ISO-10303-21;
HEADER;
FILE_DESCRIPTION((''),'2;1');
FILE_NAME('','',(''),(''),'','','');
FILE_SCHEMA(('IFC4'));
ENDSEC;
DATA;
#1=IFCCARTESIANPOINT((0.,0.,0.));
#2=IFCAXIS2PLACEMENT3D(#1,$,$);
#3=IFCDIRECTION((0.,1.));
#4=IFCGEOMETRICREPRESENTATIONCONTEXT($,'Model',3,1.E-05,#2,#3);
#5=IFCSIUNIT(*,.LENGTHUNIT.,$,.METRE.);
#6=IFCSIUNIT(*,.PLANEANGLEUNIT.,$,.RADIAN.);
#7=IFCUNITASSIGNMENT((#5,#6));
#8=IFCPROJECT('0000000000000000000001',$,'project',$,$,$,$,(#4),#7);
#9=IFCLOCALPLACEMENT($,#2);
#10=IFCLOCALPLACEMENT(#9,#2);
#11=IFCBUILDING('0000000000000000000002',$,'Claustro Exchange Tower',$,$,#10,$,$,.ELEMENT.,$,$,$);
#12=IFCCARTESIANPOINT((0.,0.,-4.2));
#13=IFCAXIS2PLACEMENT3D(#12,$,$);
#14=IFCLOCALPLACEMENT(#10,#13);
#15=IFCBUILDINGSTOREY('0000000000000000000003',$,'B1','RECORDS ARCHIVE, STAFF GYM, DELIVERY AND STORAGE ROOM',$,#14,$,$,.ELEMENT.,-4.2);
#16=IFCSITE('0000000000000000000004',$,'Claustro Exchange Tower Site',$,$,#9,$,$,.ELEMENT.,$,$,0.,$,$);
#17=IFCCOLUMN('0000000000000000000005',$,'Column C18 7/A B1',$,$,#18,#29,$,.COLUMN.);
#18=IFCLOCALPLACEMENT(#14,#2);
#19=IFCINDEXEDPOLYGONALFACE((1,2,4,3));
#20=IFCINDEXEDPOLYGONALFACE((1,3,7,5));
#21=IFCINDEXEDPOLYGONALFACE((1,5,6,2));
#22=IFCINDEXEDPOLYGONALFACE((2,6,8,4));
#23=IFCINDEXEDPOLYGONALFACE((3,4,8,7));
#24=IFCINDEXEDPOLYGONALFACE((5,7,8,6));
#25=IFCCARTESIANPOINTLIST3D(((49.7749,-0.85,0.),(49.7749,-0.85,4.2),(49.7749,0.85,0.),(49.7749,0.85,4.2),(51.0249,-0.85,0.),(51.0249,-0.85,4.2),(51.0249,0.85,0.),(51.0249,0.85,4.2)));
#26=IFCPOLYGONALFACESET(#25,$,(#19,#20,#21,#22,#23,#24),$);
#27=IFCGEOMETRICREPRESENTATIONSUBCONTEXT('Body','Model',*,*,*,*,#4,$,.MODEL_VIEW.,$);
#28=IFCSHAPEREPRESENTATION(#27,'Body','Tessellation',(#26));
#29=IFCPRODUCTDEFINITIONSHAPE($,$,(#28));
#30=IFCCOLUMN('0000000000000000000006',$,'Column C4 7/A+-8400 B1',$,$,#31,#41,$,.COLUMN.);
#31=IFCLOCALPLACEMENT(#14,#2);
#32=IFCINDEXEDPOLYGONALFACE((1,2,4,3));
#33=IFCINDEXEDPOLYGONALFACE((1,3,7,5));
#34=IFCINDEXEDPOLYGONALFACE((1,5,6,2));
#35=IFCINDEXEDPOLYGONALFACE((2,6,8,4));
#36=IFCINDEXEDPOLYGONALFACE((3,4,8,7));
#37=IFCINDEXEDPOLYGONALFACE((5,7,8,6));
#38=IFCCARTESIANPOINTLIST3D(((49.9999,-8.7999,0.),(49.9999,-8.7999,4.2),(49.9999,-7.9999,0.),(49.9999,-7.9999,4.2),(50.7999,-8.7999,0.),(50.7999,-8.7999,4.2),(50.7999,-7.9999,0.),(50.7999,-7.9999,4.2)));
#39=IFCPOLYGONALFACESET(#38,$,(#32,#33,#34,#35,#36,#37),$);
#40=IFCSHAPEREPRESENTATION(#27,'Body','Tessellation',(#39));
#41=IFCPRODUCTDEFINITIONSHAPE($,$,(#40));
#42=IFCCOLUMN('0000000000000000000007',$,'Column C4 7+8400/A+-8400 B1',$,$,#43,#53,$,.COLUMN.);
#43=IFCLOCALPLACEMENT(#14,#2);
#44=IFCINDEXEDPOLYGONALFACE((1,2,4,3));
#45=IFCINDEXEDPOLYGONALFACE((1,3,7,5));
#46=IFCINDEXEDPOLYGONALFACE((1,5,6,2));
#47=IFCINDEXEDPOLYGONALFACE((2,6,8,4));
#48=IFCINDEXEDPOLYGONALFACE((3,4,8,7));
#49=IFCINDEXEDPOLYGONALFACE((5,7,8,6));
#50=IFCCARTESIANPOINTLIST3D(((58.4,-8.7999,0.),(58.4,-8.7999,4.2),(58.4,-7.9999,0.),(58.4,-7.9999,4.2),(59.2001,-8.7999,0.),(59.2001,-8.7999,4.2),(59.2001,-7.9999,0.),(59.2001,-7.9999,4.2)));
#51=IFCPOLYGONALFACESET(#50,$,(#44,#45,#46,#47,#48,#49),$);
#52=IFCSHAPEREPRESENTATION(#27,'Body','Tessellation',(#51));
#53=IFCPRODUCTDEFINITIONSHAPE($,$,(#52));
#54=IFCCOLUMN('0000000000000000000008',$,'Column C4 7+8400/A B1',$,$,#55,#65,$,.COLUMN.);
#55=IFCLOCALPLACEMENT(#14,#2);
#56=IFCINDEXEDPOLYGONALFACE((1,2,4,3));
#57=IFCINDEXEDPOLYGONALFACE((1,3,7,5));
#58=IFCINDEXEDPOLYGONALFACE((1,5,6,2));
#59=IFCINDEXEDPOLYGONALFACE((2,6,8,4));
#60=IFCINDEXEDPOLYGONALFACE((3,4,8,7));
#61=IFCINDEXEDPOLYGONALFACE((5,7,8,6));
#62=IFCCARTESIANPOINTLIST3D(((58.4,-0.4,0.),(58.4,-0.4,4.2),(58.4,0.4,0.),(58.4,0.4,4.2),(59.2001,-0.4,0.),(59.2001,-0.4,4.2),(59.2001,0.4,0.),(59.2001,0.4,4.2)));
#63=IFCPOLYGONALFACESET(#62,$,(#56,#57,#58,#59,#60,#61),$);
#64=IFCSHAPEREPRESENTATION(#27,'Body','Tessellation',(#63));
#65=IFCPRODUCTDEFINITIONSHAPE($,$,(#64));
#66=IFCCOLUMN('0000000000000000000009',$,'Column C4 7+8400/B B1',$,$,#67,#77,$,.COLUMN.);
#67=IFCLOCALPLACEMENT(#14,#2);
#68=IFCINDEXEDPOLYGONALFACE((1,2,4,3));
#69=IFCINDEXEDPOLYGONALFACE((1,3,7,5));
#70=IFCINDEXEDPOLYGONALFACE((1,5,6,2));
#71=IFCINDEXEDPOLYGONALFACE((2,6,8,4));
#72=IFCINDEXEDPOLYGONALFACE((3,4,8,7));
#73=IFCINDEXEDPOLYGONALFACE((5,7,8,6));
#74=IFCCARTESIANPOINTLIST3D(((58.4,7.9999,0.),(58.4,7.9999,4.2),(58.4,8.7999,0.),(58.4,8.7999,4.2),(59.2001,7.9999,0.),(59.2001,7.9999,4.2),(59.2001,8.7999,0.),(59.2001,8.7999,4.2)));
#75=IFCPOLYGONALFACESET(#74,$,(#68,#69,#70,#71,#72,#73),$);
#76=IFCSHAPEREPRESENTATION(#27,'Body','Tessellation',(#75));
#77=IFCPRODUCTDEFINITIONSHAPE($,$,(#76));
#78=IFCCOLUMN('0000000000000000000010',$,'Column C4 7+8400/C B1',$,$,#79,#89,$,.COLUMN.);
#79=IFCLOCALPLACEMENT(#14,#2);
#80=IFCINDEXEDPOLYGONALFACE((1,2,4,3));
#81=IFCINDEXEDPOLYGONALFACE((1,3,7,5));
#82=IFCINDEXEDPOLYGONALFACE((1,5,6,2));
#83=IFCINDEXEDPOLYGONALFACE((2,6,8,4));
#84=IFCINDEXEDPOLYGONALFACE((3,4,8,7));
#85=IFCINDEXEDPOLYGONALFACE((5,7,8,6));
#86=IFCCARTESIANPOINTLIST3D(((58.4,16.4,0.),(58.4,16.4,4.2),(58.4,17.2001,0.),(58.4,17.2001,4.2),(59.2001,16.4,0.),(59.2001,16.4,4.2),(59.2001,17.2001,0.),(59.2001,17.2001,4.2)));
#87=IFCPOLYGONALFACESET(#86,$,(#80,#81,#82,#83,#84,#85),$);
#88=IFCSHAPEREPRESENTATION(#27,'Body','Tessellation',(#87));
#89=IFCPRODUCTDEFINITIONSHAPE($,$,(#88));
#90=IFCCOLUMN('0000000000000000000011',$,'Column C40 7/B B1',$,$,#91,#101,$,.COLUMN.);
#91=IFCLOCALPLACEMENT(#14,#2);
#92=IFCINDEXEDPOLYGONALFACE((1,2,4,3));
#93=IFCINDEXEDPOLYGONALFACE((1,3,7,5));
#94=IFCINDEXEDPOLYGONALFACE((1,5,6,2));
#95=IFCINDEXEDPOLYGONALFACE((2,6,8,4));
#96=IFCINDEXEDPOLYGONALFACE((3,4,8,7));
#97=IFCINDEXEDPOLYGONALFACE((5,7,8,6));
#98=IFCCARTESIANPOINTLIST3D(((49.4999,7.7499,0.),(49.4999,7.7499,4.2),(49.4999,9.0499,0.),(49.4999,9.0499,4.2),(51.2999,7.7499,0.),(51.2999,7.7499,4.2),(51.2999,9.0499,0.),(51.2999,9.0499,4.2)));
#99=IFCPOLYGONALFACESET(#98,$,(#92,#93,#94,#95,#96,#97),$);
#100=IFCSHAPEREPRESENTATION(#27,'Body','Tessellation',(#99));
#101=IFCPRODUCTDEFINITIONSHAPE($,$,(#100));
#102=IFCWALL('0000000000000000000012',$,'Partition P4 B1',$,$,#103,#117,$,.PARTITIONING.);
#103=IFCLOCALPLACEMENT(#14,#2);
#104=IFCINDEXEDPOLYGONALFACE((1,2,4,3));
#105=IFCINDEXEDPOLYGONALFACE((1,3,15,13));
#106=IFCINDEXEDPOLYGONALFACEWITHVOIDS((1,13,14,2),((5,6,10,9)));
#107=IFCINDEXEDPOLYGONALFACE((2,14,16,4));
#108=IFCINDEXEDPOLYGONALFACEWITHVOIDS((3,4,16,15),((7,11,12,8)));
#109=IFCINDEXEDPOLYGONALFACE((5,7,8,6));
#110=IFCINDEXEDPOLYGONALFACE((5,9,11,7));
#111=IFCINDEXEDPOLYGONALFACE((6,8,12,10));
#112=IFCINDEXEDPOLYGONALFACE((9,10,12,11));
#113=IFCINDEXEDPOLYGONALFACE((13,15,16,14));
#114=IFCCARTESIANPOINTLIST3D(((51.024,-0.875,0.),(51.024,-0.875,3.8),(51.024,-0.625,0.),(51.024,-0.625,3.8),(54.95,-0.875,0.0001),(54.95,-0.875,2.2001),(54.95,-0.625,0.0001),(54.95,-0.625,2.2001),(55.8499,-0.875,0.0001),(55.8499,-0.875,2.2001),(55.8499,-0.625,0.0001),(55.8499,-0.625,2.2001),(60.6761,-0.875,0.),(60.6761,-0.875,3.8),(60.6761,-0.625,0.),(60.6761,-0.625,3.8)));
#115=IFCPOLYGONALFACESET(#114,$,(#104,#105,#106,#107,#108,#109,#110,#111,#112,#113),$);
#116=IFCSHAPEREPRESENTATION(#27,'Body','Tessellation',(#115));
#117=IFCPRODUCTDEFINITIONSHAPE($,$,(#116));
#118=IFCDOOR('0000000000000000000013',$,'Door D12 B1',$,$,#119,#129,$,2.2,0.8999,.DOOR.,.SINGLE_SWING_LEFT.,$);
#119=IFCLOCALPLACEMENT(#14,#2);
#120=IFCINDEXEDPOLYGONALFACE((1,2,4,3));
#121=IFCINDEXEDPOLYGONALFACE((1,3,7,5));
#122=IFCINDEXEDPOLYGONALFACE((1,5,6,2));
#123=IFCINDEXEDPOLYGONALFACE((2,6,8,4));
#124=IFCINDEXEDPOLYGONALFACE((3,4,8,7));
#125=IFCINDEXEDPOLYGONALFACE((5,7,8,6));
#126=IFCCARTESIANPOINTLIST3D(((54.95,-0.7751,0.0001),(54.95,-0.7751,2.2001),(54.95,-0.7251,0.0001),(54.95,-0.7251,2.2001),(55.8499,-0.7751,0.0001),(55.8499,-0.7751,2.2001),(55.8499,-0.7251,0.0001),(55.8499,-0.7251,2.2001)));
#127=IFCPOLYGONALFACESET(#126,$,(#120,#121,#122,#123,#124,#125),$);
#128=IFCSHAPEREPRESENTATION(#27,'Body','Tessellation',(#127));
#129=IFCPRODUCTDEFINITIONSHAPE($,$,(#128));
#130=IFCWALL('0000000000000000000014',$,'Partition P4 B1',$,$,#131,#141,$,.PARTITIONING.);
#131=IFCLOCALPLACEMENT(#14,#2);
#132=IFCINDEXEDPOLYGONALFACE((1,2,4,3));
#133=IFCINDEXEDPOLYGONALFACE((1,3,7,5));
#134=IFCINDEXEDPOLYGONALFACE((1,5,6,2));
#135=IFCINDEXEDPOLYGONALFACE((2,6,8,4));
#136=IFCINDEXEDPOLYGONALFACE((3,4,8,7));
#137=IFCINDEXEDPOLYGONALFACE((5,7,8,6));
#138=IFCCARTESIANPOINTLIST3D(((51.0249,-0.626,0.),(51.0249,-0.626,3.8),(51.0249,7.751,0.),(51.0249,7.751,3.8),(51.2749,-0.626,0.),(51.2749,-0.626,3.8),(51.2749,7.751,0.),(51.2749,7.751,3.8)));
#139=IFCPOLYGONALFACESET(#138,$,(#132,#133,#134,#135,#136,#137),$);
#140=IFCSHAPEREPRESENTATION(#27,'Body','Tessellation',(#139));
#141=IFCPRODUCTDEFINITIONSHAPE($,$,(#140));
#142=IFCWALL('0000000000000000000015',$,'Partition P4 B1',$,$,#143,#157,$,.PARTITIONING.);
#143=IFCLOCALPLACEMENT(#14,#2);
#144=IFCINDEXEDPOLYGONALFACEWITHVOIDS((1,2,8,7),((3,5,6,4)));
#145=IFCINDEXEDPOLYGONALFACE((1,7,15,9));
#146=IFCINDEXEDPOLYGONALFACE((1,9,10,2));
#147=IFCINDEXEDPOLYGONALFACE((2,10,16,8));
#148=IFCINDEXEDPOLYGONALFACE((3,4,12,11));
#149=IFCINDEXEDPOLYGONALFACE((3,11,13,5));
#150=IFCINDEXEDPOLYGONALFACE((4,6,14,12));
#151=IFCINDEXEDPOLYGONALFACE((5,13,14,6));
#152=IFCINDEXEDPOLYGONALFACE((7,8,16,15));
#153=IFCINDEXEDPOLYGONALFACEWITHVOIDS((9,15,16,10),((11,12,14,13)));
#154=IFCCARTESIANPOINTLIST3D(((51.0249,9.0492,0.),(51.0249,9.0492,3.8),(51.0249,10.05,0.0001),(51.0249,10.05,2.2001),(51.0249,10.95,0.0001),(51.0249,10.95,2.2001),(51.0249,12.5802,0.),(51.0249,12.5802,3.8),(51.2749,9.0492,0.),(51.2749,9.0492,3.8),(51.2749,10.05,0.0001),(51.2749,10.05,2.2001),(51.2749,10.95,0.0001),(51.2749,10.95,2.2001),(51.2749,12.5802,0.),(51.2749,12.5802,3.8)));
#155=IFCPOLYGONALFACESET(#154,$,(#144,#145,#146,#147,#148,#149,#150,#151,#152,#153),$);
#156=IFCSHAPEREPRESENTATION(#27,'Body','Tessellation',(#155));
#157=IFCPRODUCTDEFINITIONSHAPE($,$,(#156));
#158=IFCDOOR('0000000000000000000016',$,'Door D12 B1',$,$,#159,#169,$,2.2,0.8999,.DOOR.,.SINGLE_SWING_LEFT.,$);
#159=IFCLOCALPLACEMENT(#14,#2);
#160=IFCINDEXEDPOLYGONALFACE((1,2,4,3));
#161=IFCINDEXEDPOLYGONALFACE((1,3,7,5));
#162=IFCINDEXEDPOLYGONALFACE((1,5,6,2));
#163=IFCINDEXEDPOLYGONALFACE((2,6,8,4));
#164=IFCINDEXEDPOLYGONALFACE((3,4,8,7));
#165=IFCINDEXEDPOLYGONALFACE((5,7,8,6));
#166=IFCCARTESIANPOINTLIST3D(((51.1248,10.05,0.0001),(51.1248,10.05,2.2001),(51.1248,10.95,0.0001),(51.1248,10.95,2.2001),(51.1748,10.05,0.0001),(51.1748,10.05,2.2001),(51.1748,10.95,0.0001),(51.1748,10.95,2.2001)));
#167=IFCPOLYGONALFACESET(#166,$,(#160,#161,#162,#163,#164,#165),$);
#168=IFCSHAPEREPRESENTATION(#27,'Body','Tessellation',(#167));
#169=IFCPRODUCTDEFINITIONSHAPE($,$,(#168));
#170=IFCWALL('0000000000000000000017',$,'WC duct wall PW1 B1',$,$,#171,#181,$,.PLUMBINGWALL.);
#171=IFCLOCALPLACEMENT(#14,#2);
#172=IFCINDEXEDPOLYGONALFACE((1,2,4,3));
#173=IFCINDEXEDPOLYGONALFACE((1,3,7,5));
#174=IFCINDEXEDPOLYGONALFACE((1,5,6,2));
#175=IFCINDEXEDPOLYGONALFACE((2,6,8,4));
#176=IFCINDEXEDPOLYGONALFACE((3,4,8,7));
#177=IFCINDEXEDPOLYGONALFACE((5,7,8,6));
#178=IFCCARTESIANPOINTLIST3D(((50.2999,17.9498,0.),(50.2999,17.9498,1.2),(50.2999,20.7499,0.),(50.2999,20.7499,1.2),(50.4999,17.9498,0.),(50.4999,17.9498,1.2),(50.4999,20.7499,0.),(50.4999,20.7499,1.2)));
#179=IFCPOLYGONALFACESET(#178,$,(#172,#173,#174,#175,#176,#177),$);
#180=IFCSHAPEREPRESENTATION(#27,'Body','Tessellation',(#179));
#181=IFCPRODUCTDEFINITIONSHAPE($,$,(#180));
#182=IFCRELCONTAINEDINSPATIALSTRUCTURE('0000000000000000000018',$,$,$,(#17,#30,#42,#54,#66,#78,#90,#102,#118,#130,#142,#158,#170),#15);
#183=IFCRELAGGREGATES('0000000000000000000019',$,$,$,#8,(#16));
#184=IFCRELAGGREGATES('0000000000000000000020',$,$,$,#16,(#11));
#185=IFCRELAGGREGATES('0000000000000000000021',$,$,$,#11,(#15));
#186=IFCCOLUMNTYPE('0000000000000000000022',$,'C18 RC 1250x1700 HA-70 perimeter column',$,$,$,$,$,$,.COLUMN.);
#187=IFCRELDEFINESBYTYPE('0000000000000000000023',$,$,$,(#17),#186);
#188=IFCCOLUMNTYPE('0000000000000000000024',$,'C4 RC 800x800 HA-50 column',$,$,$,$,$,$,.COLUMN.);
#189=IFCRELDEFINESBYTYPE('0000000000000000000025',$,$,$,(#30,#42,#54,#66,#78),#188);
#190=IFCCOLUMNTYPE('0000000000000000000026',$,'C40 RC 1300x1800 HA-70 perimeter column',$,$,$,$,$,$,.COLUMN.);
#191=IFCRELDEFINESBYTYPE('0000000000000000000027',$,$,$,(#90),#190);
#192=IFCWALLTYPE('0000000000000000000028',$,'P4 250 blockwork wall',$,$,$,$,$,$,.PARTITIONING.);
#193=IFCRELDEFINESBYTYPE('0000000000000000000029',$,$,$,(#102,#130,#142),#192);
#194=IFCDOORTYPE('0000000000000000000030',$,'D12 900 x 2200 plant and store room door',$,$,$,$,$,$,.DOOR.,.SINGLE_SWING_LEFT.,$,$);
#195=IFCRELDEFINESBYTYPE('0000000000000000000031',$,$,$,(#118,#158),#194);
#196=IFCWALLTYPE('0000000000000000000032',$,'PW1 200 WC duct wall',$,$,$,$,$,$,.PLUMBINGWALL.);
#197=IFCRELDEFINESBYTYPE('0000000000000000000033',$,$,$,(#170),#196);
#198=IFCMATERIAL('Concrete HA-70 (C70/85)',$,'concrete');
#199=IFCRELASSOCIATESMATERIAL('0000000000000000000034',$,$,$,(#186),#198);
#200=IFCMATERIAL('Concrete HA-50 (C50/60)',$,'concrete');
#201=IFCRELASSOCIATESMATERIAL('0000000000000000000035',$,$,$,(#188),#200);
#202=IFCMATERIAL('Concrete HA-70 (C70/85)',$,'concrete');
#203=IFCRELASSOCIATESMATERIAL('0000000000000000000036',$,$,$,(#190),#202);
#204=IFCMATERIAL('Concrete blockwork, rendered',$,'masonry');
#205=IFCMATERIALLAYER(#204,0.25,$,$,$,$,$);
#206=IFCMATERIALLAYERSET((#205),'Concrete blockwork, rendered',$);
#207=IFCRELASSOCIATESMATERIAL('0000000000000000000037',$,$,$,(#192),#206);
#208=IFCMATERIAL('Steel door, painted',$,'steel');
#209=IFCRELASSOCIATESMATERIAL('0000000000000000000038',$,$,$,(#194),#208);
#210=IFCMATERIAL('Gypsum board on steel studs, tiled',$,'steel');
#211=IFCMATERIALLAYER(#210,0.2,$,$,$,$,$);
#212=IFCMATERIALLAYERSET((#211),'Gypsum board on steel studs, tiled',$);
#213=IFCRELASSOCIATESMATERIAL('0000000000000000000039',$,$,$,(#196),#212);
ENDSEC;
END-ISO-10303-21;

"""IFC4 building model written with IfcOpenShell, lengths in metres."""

from ifc_helpers import new_model, si_unit, direction, frame, frame_2d, origin, origin_2d, place, context, subcontext, project, spatial, rectangle, extrude, material, layer, layer_set, material_profile, profile_set, type_object, element, fill, save


model = new_model("IFC4")

# Units and contexts
model_context = context("Model", 3, precision=1e-05, world=origin(), true_north=direction((0.0, 1.0)))
body_context = subcontext(model_context, "Body", "Model", "MODEL_VIEW")
ifc_project = project(units=[si_unit("LENGTHUNIT", "METRE"), si_unit("PLANEANGLEUNIT", "RADIAN")], contexts=[model_context])

# Site, building, storey
site_placement = place(None, origin())
site = spatial("IfcSite", under=ifc_project, at=site_placement, Name="Claustro Exchange Tower Site", CompositionType="ELEMENT", RefElevation=0.0)
building_placement = place(site_placement, origin())
building = spatial("IfcBuilding", under=site, at=building_placement, Name="Claustro Exchange Tower", CompositionType="ELEMENT")
storey_placement = place(building_placement, frame((0.0, 0.0, -4.2)))
storey = spatial("IfcBuildingStorey", under=building, at=storey_placement, Name="B1", Description="RECORDS ARCHIVE, STAFF GYM, DELIVERY AND STORAGE ROOM", CompositionType="ELEMENT", Elevation=-4.2)

# Columns
ifc_material_1 = material(Name="Concrete HA-70 (C70/85)", Category="concrete")
ifc_material_profile_1 = material_profile(ifc_material_1, rectangle(XDim=1.25, YDim=1.7, at=origin_2d()), Name="RC 1250x1700")
ifc_profile_set_1 = profile_set([ifc_material_profile_1], Name="Concrete HA-70 (C70/85)")
column_type_1 = type_object("IfcColumnType", Name="C18 RC 1250x1700 HA-70 perimeter column", PredefinedType="COLUMN", material=ifc_profile_set_1)
column_1_placement = place(storey_placement, frame((50.3999, 0.0, 0.0), z_axis=(0.0, 0.0, 1.0), x_axis=(1.0, 0.0, 0.0)))
element("IfcColumn", 1, at=column_1_placement, inside=storey, type_object=column_type_1, Name="Column C18 7/A B1", PredefinedType="COLUMN", context=body_context, shape_type="SweptSolid", body=[
    extrude(rectangle(XDim=1.25, YDim=1.7, at=origin_2d()), origin(), (0.0, 0.0, 1.0), 4.2),
])
ifc_material_2 = material(Name="Concrete HA-50 (C50/60)", Category="concrete")
ifc_material_profile_2 = material_profile(ifc_material_2, rectangle(XDim=0.8, YDim=0.8, at=origin_2d()), Name="RC 800x800")
ifc_profile_set_2 = profile_set([ifc_material_profile_2], Name="Concrete HA-50 (C50/60)")
column_type_2 = type_object("IfcColumnType", Name="C4 RC 800x800 HA-50 column", PredefinedType="COLUMN", material=ifc_profile_set_2)
for number, where, z_axis, x_axis, name in (
    (2, (50.3999, -8.3999, 0.0), (0.0, 0.0, 1.0), (1.0, 0.0, 0.0), "Column C4 7/A+-8400 B1"),
    (3, (58.8, -8.3999, 0.0), (0.0, 0.0, 1.0), (1.0, 0.0, 0.0), "Column C4 7+8400/A+-8400 B1"),
    (4, (58.8, 0.0, 0.0), (0.0, 0.0, 1.0), (1.0, 0.0, 0.0), "Column C4 7+8400/A B1"),
    (5, (58.8, 8.3999, 0.0), (0.0, 0.0, 1.0), (1.0, 0.0, 0.0), "Column C4 7+8400/B B1"),
    (6, (58.8, 16.8, 0.0), (0.0, 0.0, 1.0), (1.0, 0.0, 0.0), "Column C4 7+8400/C B1"),
):
    element("IfcColumn", number, at=place(storey_placement, frame(where, z_axis=z_axis, x_axis=x_axis)), inside=storey, type_object=column_type_2, Name=name, PredefinedType="COLUMN", context=body_context, shape_type="SweptSolid", body=[
        extrude(rectangle(XDim=0.8, YDim=0.8, at=origin_2d()), origin(), (0.0, 0.0, 1.0), 4.2),
    ])
ifc_material_3 = material(Name="Concrete HA-70 (C70/85)", Category="concrete")
ifc_material_profile_3 = material_profile(ifc_material_3, rectangle(XDim=1.3, YDim=1.8, at=origin_2d()), Name="RC 1300x1800")
ifc_profile_set_3 = profile_set([ifc_material_profile_3], Name="Concrete HA-70 (C70/85)")
column_type_3 = type_object("IfcColumnType", Name="C40 RC 1300x1800 HA-70 perimeter column", PredefinedType="COLUMN", material=ifc_profile_set_3)
column_2_placement = place(storey_placement, frame((50.3999, 8.3999, 0.0), z_axis=(0.0, 0.0, 1.0), x_axis=(0.0, 1.0, 0.0)))
element("IfcColumn", 7, at=column_2_placement, inside=storey, type_object=column_type_3, Name="Column C40 7/B B1", PredefinedType="COLUMN", context=body_context, shape_type="SweptSolid", body=[
    extrude(rectangle(XDim=1.3, YDim=1.8, at=origin_2d()), origin(), (0.0, 0.0, 1.0), 4.2),
])

# Wall, opening, door
ifc_material_4 = material(Name="Concrete blockwork, rendered", Category="masonry")
ifc_layer_1 = layer(ifc_material_4, 0.25)
ifc_layer_set_1 = layer_set([ifc_layer_1], Name="Concrete blockwork, rendered")
wall_type_1 = type_object("IfcWallType", Name="P4 250 blockwork wall", PredefinedType="PARTITIONING", material=ifc_layer_set_1)
wall_1_placement = place(storey_placement, frame((51.0239, -0.75, 0.0), z_axis=(0.0, 0.0, 1.0), x_axis=(1.0, 0.0, 0.0)))
wall_1 = element("IfcWall", 8, at=wall_1_placement, inside=storey, type_object=wall_type_1, Name="Partition P4 B1", PredefinedType="PARTITIONING", context=body_context, shape_type="SweptSolid", body=[
    extrude(rectangle(XDim=9.6521, YDim=0.25, at=frame_2d((4.8262, 0.0))), origin(), (0.0, 0.0, 1.0), 3.8),
])
opening_1_placement = place(wall_1_placement, frame((3.926, 0.0, 0.0)))
opening_1 = element("IfcOpeningElement", 9, at=opening_1_placement, cuts=wall_1, PredefinedType="OPENING", context=body_context, shape_type="SweptSolid", body=[
    extrude(rectangle(XDim=0.8999, YDim=2.2, at=frame_2d((0.45, 1.1001))), frame((0.0, 0.135, 0.0), z_axis=(0.0, -1.0, 0.0), x_axis=(1.0, 0.0, 0.0)), (0.0, 0.0, 1.0), 0.27),
])
ifc_material_5 = material(Name="Steel door, painted", Category="steel")
door_type = type_object("IfcDoorType", Name="D12 900 x 2200 plant and store room door", OperationType="SINGLE_SWING_LEFT", PredefinedType="DOOR", material=ifc_material_5)
door_1_placement = place(opening_1_placement, origin())
door_1 = element("IfcDoor", 10, at=door_1_placement, inside=storey, type_object=door_type, Name="Door D12 B1", OperationType="SINGLE_SWING_LEFT", OverallHeight=2.2, OverallWidth=0.8999, PredefinedType="DOOR", context=body_context, shape_type="SweptSolid", body=[
    extrude(rectangle(XDim=0.8999, YDim=2.2, at=frame_2d((0.45, 1.1001))), frame((0.0, 0.0249, 0.0), z_axis=(0.0, -1.0, 0.0), x_axis=(1.0, 0.0, 0.0)), (0.0, 0.0, 1.0), 0.05),
])
fill(opening_1, door_1)

# Wall
wall_2_placement = place(storey_placement, frame((51.1499, -0.626, 0.0), z_axis=(0.0, 0.0, 1.0), x_axis=(0.0, 1.0, 0.0)))
element("IfcWall", 11, at=wall_2_placement, inside=storey, type_object=wall_type_1, Name="Partition P4 B1", PredefinedType="PARTITIONING", context=body_context, shape_type="SweptSolid", body=[
    extrude(rectangle(XDim=8.377, YDim=0.25, at=frame_2d((4.1885, 0.0))), origin(), (0.0, 0.0, 1.0), 3.8),
])

# Wall, opening, door
wall_3_placement = place(storey_placement, frame((51.1499, 9.0491, 0.0), z_axis=(0.0, 0.0, 1.0), x_axis=(0.0, 1.0, 0.0)))
wall_3 = element("IfcWall", 12, at=wall_3_placement, inside=storey, type_object=wall_type_1, Name="Partition P4 B1", PredefinedType="PARTITIONING", context=body_context, shape_type="SweptSolid", body=[
    extrude(rectangle(XDim=3.531, YDim=0.25, at=frame_2d((1.7656, 0.0))), origin(), (0.0, 0.0, 1.0), 3.8),
])
opening_2_placement = place(wall_3_placement, frame((1.001, 0.0, 0.0)))
opening_2 = element("IfcOpeningElement", 13, at=opening_2_placement, cuts=wall_3, PredefinedType="OPENING", context=body_context, shape_type="SweptSolid", body=[
    extrude(rectangle(XDim=0.8999, YDim=2.2, at=frame_2d((0.45, 1.1001))), frame((0.0, 0.135, 0.0), z_axis=(0.0, -1.0, 0.0), x_axis=(1.0, 0.0, 0.0)), (0.0, 0.0, 1.0), 0.27),
])
door_2_placement = place(opening_2_placement, frame((0.8999, 0.0, 0.0), z_axis=(0.0, 0.0, 1.0), x_axis=(-1.0, 0.0, 0.0)))
door_2 = element("IfcDoor", 14, at=door_2_placement, inside=storey, type_object=door_type, Name="Door D12 B1", OperationType="SINGLE_SWING_LEFT", OverallHeight=2.2, OverallWidth=0.8999, PredefinedType="DOOR", context=body_context, shape_type="SweptSolid", body=[
    extrude(rectangle(XDim=0.8999, YDim=2.2, at=frame_2d((0.45, 1.1001))), frame((0.0, 0.0249, 0.0), z_axis=(0.0, -1.0, 0.0), x_axis=(1.0, 0.0, 0.0)), (0.0, 0.0, 1.0), 0.05),
])
fill(opening_2, door_2)

# Wall
ifc_material_6 = material(Name="Gypsum board on steel studs, tiled", Category="steel")
ifc_layer_2 = layer(ifc_material_6, 0.2)
ifc_layer_set_2 = layer_set([ifc_layer_2], Name="Gypsum board on steel studs, tiled")
wall_type_2 = type_object("IfcWallType", Name="PW1 200 WC duct wall", PredefinedType="PLUMBINGWALL", material=ifc_layer_set_2)
wall_4_placement = place(storey_placement, frame((50.3999, 17.95, 0.0), z_axis=(0.0, 0.0, 1.0), x_axis=(0.0, 1.0, 0.0)))
element("IfcWall", 15, at=wall_4_placement, inside=storey, type_object=wall_type_2, Name="WC duct wall PW1 B1", PredefinedType="PLUMBINGWALL", context=body_context, shape_type="SweptSolid", body=[
    extrude(rectangle(XDim=2.8, YDim=0.2, at=frame_2d((1.3999, 0.0))), origin(), (0.0, 0.0, 1.0), 1.2),
])

save(model, "model.ifc")
